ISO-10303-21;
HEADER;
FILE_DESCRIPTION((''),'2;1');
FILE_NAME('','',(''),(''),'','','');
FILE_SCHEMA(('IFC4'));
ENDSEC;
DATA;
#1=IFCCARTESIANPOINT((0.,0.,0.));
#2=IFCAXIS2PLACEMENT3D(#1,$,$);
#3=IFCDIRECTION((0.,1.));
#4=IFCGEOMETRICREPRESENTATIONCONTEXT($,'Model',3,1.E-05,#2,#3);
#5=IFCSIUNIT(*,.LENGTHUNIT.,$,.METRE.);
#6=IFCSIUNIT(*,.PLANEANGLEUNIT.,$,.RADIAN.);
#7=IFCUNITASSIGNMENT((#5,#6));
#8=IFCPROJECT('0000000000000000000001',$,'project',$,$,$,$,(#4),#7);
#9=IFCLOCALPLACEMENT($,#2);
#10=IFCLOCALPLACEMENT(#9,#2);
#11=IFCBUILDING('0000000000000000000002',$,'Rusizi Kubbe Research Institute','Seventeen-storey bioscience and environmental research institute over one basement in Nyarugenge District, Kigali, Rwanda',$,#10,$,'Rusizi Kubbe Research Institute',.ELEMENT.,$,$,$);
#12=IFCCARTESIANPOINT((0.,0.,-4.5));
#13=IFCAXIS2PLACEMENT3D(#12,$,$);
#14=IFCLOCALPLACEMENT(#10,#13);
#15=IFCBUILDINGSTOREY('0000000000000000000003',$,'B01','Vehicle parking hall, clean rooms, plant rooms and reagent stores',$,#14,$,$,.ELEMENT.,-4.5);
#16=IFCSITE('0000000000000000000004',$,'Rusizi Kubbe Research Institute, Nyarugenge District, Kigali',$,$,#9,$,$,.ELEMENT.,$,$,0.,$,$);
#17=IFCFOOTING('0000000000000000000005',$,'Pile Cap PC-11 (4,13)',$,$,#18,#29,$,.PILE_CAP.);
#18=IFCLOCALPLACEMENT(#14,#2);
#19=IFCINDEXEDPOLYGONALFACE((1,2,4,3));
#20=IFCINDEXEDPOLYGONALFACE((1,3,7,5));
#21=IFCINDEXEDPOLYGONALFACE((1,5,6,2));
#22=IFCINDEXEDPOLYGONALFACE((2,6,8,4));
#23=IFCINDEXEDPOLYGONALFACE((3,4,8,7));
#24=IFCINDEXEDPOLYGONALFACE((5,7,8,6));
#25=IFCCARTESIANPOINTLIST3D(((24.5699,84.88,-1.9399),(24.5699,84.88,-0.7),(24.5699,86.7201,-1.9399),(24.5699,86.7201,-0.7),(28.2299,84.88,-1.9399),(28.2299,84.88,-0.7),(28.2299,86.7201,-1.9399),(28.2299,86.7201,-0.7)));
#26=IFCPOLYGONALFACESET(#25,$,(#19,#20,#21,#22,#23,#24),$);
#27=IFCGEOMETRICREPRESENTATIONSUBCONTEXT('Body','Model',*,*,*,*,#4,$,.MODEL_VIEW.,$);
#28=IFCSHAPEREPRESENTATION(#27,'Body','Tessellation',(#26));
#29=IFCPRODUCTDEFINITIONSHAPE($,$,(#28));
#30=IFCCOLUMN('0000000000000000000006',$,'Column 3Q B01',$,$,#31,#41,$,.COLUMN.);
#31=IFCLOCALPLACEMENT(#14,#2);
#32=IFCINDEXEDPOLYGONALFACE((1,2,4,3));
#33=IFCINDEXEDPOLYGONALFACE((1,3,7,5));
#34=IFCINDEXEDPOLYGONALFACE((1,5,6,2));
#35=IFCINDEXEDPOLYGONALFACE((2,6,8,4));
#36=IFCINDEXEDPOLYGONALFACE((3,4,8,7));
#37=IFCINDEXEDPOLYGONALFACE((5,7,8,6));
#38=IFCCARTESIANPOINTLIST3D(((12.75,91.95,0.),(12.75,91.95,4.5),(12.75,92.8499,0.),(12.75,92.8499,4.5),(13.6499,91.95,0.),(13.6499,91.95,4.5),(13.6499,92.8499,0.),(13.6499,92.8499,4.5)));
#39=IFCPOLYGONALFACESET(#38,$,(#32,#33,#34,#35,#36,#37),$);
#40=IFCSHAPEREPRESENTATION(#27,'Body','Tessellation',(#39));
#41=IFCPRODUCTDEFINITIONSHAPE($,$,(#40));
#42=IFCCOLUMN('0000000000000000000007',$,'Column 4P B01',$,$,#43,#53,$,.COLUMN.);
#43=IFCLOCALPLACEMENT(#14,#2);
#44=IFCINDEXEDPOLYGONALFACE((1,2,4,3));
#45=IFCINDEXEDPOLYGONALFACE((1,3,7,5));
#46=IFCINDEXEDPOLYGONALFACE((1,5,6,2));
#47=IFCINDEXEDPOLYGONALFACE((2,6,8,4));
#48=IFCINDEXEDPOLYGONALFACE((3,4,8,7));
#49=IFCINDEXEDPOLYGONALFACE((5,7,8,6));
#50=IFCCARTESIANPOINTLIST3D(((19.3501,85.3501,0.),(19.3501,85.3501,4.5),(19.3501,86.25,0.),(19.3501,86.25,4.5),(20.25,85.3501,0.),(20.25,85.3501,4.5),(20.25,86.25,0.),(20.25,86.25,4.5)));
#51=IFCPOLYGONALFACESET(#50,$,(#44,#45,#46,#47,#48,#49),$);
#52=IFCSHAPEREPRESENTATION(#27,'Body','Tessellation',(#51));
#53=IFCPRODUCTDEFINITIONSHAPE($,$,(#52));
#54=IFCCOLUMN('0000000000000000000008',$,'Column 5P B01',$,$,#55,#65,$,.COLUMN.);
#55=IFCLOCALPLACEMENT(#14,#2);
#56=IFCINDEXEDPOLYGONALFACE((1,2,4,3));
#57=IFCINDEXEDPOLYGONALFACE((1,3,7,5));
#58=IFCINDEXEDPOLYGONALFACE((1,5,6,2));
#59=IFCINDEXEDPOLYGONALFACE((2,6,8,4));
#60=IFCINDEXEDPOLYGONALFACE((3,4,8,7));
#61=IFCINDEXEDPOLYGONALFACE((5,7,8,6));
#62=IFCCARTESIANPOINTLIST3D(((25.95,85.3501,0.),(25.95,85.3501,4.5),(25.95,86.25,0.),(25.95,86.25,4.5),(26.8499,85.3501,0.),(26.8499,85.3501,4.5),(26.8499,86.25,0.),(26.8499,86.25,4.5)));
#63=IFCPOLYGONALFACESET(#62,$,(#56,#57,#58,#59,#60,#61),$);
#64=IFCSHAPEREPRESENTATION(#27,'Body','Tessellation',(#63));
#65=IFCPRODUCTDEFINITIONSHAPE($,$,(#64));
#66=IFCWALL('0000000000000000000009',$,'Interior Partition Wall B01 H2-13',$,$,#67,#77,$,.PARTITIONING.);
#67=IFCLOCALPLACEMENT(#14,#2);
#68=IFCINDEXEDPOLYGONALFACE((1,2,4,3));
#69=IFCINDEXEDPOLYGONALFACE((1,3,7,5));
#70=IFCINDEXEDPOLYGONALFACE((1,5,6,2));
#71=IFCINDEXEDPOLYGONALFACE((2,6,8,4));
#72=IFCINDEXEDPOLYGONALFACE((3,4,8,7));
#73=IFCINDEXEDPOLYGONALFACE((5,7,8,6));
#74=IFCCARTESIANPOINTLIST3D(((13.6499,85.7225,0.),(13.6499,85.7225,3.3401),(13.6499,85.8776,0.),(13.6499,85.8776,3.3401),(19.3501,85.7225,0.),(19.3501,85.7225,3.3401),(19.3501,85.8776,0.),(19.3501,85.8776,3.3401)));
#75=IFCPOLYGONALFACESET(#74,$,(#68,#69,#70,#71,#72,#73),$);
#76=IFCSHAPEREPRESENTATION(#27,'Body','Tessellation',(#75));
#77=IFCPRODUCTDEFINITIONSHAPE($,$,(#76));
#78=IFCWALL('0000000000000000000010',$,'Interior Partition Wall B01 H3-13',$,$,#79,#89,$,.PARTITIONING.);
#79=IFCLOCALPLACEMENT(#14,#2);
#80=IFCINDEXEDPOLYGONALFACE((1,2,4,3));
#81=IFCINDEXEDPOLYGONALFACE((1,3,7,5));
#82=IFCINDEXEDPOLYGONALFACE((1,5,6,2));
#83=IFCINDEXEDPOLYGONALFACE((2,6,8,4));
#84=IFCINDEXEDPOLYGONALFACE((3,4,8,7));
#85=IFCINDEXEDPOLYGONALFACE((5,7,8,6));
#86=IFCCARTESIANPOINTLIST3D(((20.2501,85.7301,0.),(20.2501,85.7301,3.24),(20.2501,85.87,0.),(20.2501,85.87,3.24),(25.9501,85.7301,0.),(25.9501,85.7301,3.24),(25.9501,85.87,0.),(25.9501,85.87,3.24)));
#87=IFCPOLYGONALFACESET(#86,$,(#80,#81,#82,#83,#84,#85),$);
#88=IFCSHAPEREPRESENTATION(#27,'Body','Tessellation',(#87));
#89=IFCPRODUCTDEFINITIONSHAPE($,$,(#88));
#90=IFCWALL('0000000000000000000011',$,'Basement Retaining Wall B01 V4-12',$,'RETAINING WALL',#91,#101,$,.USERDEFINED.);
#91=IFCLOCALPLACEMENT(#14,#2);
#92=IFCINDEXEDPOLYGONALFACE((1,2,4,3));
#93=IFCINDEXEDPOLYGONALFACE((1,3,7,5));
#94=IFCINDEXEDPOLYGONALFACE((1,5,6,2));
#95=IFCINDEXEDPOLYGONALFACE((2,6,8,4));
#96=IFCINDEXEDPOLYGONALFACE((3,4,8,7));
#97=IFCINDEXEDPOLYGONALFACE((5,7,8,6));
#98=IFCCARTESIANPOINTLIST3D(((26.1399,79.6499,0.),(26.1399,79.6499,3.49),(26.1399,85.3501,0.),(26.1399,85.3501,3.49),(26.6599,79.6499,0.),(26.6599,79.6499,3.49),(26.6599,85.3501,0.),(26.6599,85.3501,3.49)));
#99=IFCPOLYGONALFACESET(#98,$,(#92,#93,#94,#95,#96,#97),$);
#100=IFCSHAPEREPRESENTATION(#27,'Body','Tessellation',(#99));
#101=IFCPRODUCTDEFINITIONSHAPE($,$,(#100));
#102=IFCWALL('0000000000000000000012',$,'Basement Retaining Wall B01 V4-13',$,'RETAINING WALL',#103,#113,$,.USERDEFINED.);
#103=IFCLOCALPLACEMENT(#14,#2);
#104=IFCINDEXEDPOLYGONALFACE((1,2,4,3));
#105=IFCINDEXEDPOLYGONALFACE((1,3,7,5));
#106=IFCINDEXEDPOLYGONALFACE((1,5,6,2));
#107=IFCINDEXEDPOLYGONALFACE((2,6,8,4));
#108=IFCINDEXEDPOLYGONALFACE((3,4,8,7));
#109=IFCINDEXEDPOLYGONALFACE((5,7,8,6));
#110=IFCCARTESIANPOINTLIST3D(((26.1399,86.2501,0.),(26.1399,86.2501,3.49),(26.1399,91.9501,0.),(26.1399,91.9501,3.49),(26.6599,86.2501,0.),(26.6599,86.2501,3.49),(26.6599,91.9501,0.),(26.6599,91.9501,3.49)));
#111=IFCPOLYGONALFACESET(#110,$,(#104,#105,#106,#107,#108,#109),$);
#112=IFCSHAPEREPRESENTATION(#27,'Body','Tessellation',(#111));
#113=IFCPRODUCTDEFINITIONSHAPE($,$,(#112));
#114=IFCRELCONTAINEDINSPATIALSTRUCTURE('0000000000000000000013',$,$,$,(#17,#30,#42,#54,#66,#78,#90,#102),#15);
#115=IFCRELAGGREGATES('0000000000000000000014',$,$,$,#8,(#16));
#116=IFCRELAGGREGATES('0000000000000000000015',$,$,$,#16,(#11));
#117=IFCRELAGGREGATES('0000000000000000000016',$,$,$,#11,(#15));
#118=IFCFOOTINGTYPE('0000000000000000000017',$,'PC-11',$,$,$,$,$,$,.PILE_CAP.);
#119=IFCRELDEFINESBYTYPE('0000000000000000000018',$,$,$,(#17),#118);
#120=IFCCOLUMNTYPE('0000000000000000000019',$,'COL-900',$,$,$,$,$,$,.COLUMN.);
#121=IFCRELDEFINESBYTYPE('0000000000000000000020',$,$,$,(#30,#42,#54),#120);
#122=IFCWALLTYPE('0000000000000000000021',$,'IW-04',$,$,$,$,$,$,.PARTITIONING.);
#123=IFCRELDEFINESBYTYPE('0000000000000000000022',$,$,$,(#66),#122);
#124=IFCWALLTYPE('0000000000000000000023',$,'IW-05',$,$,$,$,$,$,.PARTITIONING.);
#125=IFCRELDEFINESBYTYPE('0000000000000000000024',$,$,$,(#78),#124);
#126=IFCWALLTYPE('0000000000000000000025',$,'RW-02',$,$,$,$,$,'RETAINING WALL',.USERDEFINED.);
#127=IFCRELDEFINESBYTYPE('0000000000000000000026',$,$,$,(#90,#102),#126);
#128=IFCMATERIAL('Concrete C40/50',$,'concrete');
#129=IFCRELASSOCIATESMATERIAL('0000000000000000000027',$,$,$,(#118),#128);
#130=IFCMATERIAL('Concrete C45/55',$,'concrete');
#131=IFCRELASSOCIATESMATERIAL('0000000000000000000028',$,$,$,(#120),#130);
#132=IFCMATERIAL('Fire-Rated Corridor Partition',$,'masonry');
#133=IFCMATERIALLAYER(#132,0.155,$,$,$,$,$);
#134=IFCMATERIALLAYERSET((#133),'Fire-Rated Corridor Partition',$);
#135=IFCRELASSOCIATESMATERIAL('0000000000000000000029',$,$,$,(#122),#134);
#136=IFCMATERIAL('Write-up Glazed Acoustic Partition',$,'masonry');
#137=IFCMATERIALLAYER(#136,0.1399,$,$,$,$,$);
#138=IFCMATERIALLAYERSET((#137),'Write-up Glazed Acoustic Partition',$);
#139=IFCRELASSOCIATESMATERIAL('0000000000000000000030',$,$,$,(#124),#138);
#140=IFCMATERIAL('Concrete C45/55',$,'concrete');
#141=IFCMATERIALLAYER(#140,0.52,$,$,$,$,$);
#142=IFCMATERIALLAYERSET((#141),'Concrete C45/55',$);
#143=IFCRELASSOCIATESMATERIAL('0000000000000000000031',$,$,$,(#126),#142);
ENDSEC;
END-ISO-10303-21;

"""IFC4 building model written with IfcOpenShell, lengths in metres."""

from ifc_helpers import new_model, si_unit, direction, frame, frame_2d, origin, origin_2d, place, context, subcontext, project, spatial, rectangle, extrude, material, layer, layer_set, material_profile, profile_set, type_object, element, save


model = new_model("IFC4")

# Units and contexts
model_context = context("Model", 3, precision=1e-05, world=origin(), true_north=direction((0.0, 1.0)))
body_context = subcontext(model_context, "Body", "Model", "MODEL_VIEW")
ifc_project = project(units=[si_unit("LENGTHUNIT", "METRE"), si_unit("PLANEANGLEUNIT", "RADIAN")], contexts=[model_context])

# Site, building, storey
site_placement = place(None, origin())
site = spatial("IfcSite", under=ifc_project, at=site_placement, Name="Rusizi Kubbe Research Institute, Nyarugenge District, Kigali", CompositionType="ELEMENT", RefElevation=0.0)
building_placement = place(site_placement, origin())
building = spatial("IfcBuilding", under=site, at=building_placement, Name="Rusizi Kubbe Research Institute", Description="Seventeen-storey bioscience and environmental research institute over one basement in Nyarugenge District, Kigali, Rwanda", LongName="Rusizi Kubbe Research Institute", CompositionType="ELEMENT")
storey_placement = place(building_placement, frame((0.0, 0.0, -4.5)))
storey = spatial("IfcBuildingStorey", under=building, at=storey_placement, Name="B01", Description="Vehicle parking hall, clean rooms, plant rooms and reagent stores", CompositionType="ELEMENT", Elevation=-4.5)

# Footing
ifc_material_1 = material(Name="Concrete C40/50", Category="concrete")
footing_type_1 = type_object("IfcFootingType", Name="PC-11", PredefinedType="PILE_CAP", material=ifc_material_1)
footing_1_placement = place(storey_placement, frame((26.3999, 85.8, -1.9399), z_axis=(0.0, 0.0, 1.0), x_axis=(1.0, 0.0, 0.0)))
element("IfcFooting", 1, at=footing_1_placement, inside=storey, type_object=footing_type_1, Name="Pile Cap PC-11 (4,13)", PredefinedType="PILE_CAP", context=body_context, shape_type="SweptSolid", body=[
    extrude(rectangle(XDim=3.6599, YDim=1.8401, at=origin_2d()), origin(), (0.0, 0.0, 1.0), 1.24),
])

# Columns
ifc_material_2 = material(Name="Concrete C45/55", Category="concrete")
ifc_material_profile_1 = material_profile(ifc_material_2, rectangle(XDim=0.8999, YDim=0.8999, at=origin_2d()), Name="RC900x900")
ifc_profile_set_1 = profile_set([ifc_material_profile_1], Name="Concrete C45/55")
column_type = type_object("IfcColumnType", Name="COL-900", PredefinedType="COLUMN", material=ifc_profile_set_1)
for number, where, z_axis, x_axis, name in (
    (2, (13.2, 92.3999, 0.0), (0.0, 0.0, 1.0), (1.0, 0.0, 0.0), "Column 3Q B01"),
    (3, (19.8, 85.8, 0.0), (0.0, 0.0, 1.0), (1.0, 0.0, 0.0), "Column 4P B01"),
    (4, (26.3999, 85.8, 0.0), (0.0, 0.0, 1.0), (1.0, 0.0, 0.0), "Column 5P B01"),
):
    element("IfcColumn", number, at=place(storey_placement, frame(where, z_axis=z_axis, x_axis=x_axis)), inside=storey, type_object=column_type, Name=name, PredefinedType="COLUMN", context=body_context, shape_type="SweptSolid", body=[
        extrude(rectangle(XDim=0.8999, YDim=0.8999, at=origin_2d()), origin(), (0.0, 0.0, 1.0), 4.5),
    ])

# Walls
ifc_material_3 = material(Name="Fire-Rated Corridor Partition", Category="masonry")
ifc_layer_1 = layer(ifc_material_3, 0.155)
ifc_layer_set_1 = layer_set([ifc_layer_1], Name="Fire-Rated Corridor Partition")
wall_type_1 = type_object("IfcWallType", Name="IW-04", PredefinedType="PARTITIONING", material=ifc_layer_set_1)
wall_1_placement = place(storey_placement, frame((13.6499, 85.8, 0.0), z_axis=(0.0, 0.0, 1.0), x_axis=(1.0, 0.0, 0.0)))
element("IfcWall", 5, at=wall_1_placement, inside=storey, type_object=wall_type_1, Name="Interior Partition Wall B01 H2-13", PredefinedType="PARTITIONING", context=body_context, shape_type="SweptSolid", body=[
    extrude(rectangle(XDim=5.7002, YDim=0.155, at=frame_2d((2.8501, 0.0))), origin(), (0.0, 0.0, 1.0), 3.3401),
])
ifc_material_4 = material(Name="Write-up Glazed Acoustic Partition", Category="masonry")
ifc_layer_2 = layer(ifc_material_4, 0.1399)
ifc_layer_set_2 = layer_set([ifc_layer_2], Name="Write-up Glazed Acoustic Partition")
wall_type_2 = type_object("IfcWallType", Name="IW-05", PredefinedType="PARTITIONING", material=ifc_layer_set_2)
wall_2_placement = place(storey_placement, frame((20.25, 85.8, 0.0), z_axis=(0.0, 0.0, 1.0), x_axis=(1.0, 0.0, 0.0)))
element("IfcWall", 6, at=wall_2_placement, inside=storey, type_object=wall_type_2, Name="Interior Partition Wall B01 H3-13", PredefinedType="PARTITIONING", context=body_context, shape_type="SweptSolid", body=[
    extrude(rectangle(XDim=5.7, YDim=0.1399, at=frame_2d((2.8501, 0.0))), origin(), (0.0, 0.0, 1.0), 3.24),
])
ifc_material_5 = material(Name="Concrete C45/55", Category="concrete")
ifc_layer_3 = layer(ifc_material_5, 0.52)
ifc_layer_set_3 = layer_set([ifc_layer_3], Name="Concrete C45/55")
wall_type_3 = type_object("IfcWallType", Name="RW-02", ElementType="RETAINING WALL", PredefinedType="USERDEFINED", material=ifc_layer_set_3)
wall_3_placement = place(storey_placement, frame((26.3999, 79.6499, 0.0), z_axis=(0.0, 0.0, 1.0), x_axis=(0.0, 1.0, 0.0)))
element("IfcWall", 7, at=wall_3_placement, inside=storey, type_object=wall_type_3, Name="Basement Retaining Wall B01 V4-12", ObjectType="RETAINING WALL", PredefinedType="USERDEFINED", context=body_context, shape_type="SweptSolid", body=[
    extrude(rectangle(XDim=5.7002, YDim=0.52, at=frame_2d((2.8501, 0.0))), origin(), (0.0, 0.0, 1.0), 3.49),
])
wall_4_placement = place(storey_placement, frame((26.3999, 86.25, 0.0), z_axis=(0.0, 0.0, 1.0), x_axis=(0.0, 1.0, 0.0)))
element("IfcWall", 8, at=wall_4_placement, inside=storey, type_object=wall_type_3, Name="Basement Retaining Wall B01 V4-13", ObjectType="RETAINING WALL", PredefinedType="USERDEFINED", context=body_context, shape_type="SweptSolid", body=[
    extrude(rectangle(XDim=5.7, YDim=0.52, at=frame_2d((2.8501, 0.0))), origin(), (0.0, 0.0, 1.0), 3.49),
])

save(model, "model.ifc")
